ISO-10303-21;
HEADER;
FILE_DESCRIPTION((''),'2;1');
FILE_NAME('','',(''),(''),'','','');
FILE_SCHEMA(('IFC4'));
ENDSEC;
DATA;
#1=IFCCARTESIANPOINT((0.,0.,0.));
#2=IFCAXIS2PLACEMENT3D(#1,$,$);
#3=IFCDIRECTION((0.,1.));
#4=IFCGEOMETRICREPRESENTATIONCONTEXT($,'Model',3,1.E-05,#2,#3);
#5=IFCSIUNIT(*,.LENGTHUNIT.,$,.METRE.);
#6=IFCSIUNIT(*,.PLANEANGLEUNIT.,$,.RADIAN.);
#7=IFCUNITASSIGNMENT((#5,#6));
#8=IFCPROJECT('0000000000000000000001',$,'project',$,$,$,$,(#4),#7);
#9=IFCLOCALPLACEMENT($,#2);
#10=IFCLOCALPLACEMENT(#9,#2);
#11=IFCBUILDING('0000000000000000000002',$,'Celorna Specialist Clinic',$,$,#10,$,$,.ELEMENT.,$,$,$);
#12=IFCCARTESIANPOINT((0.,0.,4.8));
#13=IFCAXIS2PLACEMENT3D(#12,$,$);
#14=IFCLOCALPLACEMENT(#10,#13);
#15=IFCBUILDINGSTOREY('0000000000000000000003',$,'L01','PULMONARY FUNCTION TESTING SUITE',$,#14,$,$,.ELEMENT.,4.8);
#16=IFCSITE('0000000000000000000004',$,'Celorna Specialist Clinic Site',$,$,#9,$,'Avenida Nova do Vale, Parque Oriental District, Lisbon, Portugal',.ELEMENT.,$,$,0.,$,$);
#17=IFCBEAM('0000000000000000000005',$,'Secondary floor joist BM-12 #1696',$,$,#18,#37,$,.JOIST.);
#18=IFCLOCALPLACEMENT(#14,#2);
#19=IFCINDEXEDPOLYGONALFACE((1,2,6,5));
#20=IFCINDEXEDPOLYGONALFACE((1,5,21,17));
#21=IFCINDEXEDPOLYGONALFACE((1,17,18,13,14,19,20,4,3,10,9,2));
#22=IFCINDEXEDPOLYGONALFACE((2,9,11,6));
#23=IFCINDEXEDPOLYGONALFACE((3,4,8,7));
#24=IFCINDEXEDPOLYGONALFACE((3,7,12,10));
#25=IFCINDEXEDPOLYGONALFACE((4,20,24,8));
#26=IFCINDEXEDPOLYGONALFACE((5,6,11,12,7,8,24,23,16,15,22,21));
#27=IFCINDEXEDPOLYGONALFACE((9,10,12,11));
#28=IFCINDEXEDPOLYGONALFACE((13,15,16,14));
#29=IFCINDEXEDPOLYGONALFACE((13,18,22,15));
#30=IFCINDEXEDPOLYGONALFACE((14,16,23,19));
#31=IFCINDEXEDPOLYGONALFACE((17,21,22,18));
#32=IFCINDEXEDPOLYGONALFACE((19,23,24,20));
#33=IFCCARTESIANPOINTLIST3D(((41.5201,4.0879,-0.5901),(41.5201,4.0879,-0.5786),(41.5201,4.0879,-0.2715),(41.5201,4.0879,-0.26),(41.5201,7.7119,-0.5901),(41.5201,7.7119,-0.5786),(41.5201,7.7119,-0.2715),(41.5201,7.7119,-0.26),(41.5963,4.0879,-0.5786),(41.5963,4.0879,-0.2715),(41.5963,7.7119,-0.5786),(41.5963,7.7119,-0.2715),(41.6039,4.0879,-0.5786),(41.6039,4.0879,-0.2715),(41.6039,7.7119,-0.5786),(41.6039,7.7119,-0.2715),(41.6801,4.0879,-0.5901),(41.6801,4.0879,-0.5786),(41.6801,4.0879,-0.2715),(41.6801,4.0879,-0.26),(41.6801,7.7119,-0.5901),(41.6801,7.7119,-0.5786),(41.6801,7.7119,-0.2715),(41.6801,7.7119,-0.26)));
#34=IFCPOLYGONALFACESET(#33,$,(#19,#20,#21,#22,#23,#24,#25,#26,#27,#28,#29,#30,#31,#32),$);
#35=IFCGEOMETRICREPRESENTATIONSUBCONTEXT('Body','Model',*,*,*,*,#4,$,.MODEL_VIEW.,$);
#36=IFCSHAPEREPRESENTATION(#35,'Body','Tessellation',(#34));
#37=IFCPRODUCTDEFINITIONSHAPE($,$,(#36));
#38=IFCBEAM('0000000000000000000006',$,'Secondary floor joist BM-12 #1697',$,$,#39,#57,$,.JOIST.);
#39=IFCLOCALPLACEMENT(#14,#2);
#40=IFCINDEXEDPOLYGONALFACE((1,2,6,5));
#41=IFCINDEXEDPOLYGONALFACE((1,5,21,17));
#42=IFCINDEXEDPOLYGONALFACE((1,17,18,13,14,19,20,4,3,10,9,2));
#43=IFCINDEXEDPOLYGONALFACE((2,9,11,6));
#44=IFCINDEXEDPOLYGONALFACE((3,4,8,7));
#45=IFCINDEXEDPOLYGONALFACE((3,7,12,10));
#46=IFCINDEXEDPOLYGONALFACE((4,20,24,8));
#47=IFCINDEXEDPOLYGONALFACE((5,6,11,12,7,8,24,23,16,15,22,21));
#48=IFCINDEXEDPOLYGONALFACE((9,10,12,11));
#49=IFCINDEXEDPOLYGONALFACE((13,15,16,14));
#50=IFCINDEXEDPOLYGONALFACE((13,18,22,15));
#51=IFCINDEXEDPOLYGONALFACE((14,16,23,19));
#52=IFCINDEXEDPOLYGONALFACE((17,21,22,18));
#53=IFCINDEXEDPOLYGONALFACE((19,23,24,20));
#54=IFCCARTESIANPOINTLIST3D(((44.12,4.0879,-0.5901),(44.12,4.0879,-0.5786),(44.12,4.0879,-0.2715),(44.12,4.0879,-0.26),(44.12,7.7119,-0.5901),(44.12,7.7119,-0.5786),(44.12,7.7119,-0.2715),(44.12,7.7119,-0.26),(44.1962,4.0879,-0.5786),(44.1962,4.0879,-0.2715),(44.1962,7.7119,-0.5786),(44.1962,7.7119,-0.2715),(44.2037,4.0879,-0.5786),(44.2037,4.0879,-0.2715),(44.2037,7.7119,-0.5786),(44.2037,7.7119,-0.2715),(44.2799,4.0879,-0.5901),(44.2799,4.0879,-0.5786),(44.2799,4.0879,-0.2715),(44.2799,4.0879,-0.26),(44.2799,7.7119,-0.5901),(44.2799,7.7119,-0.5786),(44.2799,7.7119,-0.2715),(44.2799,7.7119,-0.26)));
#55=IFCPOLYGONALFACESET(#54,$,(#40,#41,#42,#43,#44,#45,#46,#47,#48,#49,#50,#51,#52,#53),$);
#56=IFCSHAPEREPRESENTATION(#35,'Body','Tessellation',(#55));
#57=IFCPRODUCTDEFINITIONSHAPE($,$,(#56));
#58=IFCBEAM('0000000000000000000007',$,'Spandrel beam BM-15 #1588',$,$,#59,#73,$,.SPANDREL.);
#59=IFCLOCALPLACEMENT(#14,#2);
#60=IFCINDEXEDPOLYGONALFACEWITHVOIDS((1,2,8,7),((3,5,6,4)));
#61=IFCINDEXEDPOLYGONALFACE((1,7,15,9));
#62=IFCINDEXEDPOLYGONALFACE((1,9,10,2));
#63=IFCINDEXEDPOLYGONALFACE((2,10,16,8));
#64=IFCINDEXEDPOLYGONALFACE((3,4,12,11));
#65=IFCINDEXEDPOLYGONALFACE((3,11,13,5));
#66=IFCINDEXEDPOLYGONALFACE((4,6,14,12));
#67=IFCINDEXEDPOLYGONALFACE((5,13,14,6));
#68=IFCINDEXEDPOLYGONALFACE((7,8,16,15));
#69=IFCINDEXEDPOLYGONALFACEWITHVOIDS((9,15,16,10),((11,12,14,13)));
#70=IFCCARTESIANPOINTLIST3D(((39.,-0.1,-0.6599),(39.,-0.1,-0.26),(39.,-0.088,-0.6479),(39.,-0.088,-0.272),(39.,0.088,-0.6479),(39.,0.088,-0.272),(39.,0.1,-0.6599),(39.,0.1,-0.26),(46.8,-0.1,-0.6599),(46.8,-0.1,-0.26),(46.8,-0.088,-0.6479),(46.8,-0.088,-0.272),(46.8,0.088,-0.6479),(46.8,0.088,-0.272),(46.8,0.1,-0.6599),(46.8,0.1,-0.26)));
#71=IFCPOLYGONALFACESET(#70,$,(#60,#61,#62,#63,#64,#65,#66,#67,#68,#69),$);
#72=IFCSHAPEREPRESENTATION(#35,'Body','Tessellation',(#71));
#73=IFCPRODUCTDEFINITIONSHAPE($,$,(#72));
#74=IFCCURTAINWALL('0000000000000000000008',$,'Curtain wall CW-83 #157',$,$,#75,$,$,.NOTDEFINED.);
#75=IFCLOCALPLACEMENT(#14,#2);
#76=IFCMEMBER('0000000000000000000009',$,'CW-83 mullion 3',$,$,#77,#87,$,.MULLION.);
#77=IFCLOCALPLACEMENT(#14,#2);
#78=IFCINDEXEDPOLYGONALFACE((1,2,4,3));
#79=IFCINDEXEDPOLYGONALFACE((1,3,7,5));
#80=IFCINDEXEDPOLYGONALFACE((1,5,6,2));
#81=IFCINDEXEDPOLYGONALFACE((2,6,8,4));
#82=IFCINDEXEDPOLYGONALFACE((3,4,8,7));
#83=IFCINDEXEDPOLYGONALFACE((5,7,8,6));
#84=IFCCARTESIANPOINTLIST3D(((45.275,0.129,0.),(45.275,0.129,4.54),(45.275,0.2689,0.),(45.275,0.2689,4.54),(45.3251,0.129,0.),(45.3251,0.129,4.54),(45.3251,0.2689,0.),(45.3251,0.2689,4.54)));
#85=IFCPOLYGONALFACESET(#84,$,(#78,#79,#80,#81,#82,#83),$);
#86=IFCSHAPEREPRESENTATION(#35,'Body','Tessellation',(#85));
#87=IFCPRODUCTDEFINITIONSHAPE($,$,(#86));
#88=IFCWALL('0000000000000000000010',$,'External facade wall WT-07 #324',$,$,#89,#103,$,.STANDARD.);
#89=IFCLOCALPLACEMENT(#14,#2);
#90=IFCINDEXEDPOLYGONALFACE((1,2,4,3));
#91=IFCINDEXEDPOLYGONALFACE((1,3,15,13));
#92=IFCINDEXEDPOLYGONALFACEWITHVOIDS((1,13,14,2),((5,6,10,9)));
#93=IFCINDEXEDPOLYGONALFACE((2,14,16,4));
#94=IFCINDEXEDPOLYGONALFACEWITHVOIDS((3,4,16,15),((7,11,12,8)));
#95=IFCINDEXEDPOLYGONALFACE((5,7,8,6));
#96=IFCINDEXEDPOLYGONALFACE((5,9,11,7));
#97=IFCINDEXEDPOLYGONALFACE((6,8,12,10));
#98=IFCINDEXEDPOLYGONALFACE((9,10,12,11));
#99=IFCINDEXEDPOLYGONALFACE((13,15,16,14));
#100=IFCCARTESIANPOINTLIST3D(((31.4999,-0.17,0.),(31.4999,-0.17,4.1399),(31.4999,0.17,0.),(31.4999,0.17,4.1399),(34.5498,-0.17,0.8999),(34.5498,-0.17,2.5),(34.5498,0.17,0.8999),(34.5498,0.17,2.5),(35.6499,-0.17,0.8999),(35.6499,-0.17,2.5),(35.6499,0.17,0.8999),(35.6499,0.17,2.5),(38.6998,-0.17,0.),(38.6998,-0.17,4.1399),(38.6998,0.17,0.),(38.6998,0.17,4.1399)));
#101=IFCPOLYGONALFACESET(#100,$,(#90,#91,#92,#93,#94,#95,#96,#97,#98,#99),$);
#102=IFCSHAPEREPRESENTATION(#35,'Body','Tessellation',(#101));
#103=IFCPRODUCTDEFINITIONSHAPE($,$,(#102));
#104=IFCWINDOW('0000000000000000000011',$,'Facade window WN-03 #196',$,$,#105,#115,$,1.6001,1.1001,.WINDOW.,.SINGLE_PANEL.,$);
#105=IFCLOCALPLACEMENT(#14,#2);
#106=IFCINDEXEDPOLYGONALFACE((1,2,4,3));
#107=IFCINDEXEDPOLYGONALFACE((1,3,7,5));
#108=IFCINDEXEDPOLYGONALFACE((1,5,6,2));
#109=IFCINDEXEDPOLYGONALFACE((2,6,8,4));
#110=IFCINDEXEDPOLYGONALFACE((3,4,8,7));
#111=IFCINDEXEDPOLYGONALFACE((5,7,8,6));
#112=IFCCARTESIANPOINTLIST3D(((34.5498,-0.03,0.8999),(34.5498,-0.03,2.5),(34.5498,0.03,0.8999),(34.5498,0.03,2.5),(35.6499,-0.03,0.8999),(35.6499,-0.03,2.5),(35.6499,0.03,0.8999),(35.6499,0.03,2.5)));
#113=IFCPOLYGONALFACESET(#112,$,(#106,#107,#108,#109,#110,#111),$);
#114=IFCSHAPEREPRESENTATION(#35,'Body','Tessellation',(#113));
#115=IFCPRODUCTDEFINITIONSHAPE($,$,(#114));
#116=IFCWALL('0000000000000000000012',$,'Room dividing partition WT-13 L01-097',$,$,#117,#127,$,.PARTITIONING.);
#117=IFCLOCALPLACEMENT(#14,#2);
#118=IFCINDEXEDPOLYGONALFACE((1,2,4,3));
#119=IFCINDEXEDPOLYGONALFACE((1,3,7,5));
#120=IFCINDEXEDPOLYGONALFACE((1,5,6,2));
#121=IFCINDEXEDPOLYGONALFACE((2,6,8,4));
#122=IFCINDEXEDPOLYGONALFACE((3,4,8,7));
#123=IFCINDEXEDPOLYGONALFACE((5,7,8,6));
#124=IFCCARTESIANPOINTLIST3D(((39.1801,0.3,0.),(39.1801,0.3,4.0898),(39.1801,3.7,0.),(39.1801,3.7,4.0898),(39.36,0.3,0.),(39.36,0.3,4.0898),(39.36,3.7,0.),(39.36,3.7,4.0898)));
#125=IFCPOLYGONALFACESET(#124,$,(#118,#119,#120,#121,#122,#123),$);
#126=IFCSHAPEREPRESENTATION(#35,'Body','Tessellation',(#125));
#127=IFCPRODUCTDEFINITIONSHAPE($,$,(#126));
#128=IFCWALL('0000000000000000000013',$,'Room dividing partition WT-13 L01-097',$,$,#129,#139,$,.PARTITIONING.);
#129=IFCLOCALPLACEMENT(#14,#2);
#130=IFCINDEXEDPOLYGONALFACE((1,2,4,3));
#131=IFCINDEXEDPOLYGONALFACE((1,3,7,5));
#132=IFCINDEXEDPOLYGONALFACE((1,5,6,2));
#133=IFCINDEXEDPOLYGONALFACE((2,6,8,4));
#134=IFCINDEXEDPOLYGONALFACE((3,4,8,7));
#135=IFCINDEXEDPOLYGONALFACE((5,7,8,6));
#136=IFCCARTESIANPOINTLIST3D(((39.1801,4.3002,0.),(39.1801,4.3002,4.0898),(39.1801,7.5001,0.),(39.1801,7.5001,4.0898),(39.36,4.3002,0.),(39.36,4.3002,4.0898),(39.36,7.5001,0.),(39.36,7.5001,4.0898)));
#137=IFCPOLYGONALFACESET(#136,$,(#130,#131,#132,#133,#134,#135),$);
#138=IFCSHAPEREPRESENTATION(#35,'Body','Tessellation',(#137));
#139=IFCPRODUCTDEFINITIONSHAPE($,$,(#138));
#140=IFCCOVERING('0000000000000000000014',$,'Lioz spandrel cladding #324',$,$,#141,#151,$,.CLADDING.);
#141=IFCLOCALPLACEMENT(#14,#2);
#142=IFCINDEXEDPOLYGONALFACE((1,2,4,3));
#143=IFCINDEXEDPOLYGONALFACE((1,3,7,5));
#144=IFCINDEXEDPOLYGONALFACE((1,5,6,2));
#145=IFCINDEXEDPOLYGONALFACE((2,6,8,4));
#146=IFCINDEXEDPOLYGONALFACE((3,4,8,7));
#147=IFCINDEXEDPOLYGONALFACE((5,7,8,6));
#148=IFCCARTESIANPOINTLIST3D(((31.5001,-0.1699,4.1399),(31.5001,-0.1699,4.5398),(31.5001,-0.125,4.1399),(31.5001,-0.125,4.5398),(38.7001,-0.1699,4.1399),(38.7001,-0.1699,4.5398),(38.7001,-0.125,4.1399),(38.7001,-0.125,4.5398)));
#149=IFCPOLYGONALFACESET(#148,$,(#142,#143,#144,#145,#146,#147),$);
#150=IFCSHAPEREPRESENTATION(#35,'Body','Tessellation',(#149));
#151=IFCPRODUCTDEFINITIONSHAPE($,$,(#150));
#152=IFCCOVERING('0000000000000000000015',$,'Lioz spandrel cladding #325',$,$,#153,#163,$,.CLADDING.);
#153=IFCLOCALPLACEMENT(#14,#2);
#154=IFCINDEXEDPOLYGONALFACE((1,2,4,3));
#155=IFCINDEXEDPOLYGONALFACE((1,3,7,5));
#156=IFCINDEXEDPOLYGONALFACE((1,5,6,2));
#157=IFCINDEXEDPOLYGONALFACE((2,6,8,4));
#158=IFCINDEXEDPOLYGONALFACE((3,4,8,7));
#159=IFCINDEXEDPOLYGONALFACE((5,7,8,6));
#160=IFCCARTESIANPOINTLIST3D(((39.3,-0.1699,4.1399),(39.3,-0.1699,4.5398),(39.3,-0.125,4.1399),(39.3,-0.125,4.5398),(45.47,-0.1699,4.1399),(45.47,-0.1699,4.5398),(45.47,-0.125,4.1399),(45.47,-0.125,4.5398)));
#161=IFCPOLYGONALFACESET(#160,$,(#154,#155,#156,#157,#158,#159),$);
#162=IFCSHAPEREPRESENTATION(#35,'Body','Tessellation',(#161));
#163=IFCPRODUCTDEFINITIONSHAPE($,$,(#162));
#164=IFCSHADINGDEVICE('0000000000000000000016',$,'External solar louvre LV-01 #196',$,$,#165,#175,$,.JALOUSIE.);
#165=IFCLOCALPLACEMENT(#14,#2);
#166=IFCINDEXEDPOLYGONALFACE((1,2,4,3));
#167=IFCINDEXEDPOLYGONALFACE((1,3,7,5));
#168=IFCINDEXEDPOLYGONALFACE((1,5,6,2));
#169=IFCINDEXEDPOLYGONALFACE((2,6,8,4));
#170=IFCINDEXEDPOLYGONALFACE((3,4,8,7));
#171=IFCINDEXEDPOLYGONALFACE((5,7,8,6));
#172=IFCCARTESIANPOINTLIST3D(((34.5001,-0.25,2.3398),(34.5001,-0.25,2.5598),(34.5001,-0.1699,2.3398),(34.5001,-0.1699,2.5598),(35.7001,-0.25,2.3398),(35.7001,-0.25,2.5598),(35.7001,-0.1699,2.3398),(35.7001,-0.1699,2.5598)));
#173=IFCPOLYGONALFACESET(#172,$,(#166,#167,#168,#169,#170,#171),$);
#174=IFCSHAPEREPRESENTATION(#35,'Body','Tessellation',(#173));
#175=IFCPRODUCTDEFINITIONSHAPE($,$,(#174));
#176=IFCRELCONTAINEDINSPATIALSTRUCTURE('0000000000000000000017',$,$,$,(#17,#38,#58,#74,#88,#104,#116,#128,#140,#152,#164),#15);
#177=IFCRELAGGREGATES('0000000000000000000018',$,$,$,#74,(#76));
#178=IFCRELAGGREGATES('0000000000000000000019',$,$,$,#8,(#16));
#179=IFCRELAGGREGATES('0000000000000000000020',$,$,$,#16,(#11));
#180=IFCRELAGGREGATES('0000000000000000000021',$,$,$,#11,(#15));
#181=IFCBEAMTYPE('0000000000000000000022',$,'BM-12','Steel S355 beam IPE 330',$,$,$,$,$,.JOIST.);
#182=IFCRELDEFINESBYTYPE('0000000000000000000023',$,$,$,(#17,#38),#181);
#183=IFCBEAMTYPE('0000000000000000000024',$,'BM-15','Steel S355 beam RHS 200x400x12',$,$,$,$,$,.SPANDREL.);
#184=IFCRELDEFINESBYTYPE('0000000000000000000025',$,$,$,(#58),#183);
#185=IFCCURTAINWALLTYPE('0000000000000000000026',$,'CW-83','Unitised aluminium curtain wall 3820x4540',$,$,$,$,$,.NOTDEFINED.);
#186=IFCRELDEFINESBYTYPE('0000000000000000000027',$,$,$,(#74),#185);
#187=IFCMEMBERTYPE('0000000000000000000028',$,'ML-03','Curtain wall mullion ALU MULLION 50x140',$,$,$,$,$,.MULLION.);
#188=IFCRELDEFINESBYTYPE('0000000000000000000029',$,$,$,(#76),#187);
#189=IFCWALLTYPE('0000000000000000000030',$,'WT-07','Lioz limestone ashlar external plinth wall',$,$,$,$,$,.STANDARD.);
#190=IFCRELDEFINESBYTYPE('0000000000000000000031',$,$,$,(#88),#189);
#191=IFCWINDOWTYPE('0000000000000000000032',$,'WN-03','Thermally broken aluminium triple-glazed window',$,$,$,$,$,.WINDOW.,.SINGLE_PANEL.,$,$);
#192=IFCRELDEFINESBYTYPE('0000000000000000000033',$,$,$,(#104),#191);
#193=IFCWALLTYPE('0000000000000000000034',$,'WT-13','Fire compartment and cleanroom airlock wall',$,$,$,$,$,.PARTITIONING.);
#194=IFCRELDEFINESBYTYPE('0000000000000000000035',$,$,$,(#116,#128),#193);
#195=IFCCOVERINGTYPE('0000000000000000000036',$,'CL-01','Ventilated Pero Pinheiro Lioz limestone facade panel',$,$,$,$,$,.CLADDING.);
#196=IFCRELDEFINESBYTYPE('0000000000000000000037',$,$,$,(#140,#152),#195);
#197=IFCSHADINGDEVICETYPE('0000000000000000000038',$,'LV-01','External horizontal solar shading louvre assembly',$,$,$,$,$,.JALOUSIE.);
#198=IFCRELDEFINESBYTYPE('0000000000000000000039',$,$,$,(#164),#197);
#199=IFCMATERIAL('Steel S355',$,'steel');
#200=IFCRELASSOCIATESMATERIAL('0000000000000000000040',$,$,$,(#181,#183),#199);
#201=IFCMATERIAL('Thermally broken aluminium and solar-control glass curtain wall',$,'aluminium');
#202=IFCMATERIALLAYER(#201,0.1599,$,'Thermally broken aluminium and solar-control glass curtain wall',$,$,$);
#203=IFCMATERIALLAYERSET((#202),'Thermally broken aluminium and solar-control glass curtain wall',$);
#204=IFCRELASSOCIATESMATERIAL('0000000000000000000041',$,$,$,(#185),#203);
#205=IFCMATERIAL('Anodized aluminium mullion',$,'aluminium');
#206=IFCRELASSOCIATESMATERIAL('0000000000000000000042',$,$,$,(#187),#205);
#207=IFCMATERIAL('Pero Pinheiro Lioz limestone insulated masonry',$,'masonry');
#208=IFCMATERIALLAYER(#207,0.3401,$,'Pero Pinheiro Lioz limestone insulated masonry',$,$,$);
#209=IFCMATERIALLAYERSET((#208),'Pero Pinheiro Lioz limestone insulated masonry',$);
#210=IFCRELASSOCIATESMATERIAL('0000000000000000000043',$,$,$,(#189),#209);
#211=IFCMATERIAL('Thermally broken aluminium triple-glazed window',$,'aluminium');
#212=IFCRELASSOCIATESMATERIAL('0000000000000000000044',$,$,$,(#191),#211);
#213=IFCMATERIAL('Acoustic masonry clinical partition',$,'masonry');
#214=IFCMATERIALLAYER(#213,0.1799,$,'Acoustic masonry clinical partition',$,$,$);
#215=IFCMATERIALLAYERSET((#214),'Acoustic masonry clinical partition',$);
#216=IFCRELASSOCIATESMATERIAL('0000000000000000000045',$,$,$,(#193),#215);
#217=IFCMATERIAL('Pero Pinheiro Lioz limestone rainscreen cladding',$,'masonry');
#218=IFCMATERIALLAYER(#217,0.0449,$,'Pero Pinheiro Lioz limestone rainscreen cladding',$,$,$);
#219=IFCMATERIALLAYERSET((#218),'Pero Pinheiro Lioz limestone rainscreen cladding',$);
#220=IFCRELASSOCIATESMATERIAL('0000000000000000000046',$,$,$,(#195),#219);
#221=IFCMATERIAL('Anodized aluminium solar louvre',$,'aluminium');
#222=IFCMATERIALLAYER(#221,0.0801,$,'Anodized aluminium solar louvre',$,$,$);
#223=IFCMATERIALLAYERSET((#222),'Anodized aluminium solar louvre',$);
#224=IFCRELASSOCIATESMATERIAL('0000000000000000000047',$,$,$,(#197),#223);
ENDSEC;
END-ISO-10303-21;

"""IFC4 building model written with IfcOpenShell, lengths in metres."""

from ifc_helpers import new_model, si_unit, direction, frame, frame_2d, origin, origin_2d, place, context, subcontext, project, spatial, rectangle, hollow_rectangle, i_section, extrude, material, layer, layer_set, material_profile, profile_set, type_object, element, fill, aggregate, save


model = new_model("IFC4")

# Units and contexts
model_context = context("Model", 3, precision=1e-05, world=origin(), true_north=direction((0.0, 1.0)))
body_context = subcontext(model_context, "Body", "Model", "MODEL_VIEW")
ifc_project = project(units=[si_unit("LENGTHUNIT", "METRE"), si_unit("PLANEANGLEUNIT", "RADIAN")], contexts=[model_context])

# Site, building, storey
site_placement = place(None, origin())
site = spatial("IfcSite", under=ifc_project, at=site_placement, Name="Celorna Specialist Clinic Site", LongName="Avenida Nova do Vale, Parque Oriental District, Lisbon, Portugal", CompositionType="ELEMENT", RefElevation=0.0)
building_placement = place(site_placement, origin())
building = spatial("IfcBuilding", under=site, at=building_placement, Name="Celorna Specialist Clinic", CompositionType="ELEMENT")
storey_placement = place(building_placement, frame((0.0, 0.0, 4.8)))
storey = spatial("IfcBuildingStorey", under=building, at=storey_placement, Name="L01", Description="PULMONARY FUNCTION TESTING SUITE", CompositionType="ELEMENT", Elevation=4.8)

# Beams
ifc_material_1 = material(Name="Steel S355", Category="steel")
ifc_material_profile_1 = material_profile(ifc_material_1, i_section(OverallWidth=0.1599, OverallDepth=0.3301, WebThickness=0.0076, FlangeThickness=0.0115, at=origin_2d()), Name="IPE 330")
ifc_profile_set_1 = profile_set([ifc_material_profile_1], Name="Steel S355")
beam_type_1 = type_object("IfcBeamType", Name="BM-12", Description="Steel S355 beam IPE 330", PredefinedType="JOIST", material=ifc_profile_set_1)
for number, where, z_axis, x_axis, name in (
    (1, (41.6001, 4.0879, -0.425), (0.0, 1.0, 0.0), (-1.0, 0.0, 0.0), "Secondary floor joist BM-12 #1696"),
    (2, (44.2, 4.0879, -0.425), (0.0, 1.0, 0.0), (-1.0, 0.0, 0.0), "Secondary floor joist BM-12 #1697"),
):
    element("IfcBeam", number, at=place(storey_placement, frame(where, z_axis=z_axis, x_axis=x_axis)), inside=storey, type_object=beam_type_1, Name=name, PredefinedType="JOIST", context=body_context, shape_type="SweptSolid", body=[
        extrude(i_section(OverallWidth=0.1599, OverallDepth=0.3301, WebThickness=0.0076, FlangeThickness=0.0115, at=origin_2d()), origin(), (0.0, 0.0, 1.0), 3.624),
    ])
ifc_material_profile_2 = material_profile(ifc_material_1, hollow_rectangle(XDim=0.2, YDim=0.3999, WallThickness=0.012, at=origin_2d()), Name="RHS 200x400x12")
ifc_profile_set_2 = profile_set([ifc_material_profile_2], Name="Steel S355")
beam_type_2 = type_object("IfcBeamType", Name="BM-15", Description="Steel S355 beam RHS 200x400x12", PredefinedType="SPANDREL", material=ifc_profile_set_2)
beam_1_placement = place(storey_placement, frame((39.0, 0.0, -0.46), z_axis=(1.0, 0.0, 0.0), x_axis=(0.0, 1.0, 0.0)))
element("IfcBeam", 3, at=beam_1_placement, inside=storey, type_object=beam_type_2, Name="Spandrel beam BM-15 #1588", PredefinedType="SPANDREL", context=body_context, shape_type="SweptSolid", body=[
    extrude(hollow_rectangle(XDim=0.2, YDim=0.3999, WallThickness=0.012, at=origin_2d()), origin(), (0.0, 0.0, 1.0), 7.8),
])

# Curtain wall, member
ifc_material_2 = material(Name="Thermally broken aluminium and solar-control glass curtain wall", Category="aluminium")
ifc_layer_1 = layer(ifc_material_2, 0.1599, Name="Thermally broken aluminium and solar-control glass curtain wall")
ifc_layer_set_1 = layer_set([ifc_layer_1], Name="Thermally broken aluminium and solar-control glass curtain wall")
curtain_wall_type = type_object("IfcCurtainWallType", Name="CW-83", Description="Unitised aluminium curtain wall 3820x4540", PredefinedType="NOTDEFINED", material=ifc_layer_set_1)
curtain_wall_placement = place(storey_placement, origin())
curtain_wall = element("IfcCurtainWall", 4, at=curtain_wall_placement, inside=storey, type_object=curtain_wall_type, Name="Curtain wall CW-83 #157", PredefinedType="NOTDEFINED")
ifc_material_3 = material(Name="Anodized aluminium mullion", Category="aluminium")
ifc_material_profile_3 = material_profile(ifc_material_3, rectangle(XDim=0.05, YDim=0.1399, at=origin_2d()), Name="ALU MULLION 50x140")
ifc_profile_set_3 = profile_set([ifc_material_profile_3], Name="Anodized aluminium mullion")
member_type = type_object("IfcMemberType", Name="ML-03", Description="Curtain wall mullion ALU MULLION 50x140", PredefinedType="MULLION", material=ifc_profile_set_3)
member_placement = place(storey_placement, frame((45.3, 0.199, 0.0), z_axis=(0.0, 0.0, 1.0), x_axis=(1.0, 0.0, 0.0)))
member = element("IfcMember", 5, at=member_placement, type_object=member_type, Name="CW-83 mullion 3", PredefinedType="MULLION", context=body_context, shape_type="SweptSolid", body=[
    extrude(rectangle(XDim=0.05, YDim=0.1399, at=origin_2d()), origin(), (0.0, 0.0, 1.0), 4.54),
])
aggregate(curtain_wall, [member])

# Wall, opening, window
ifc_material_4 = material(Name="Pero Pinheiro Lioz limestone insulated masonry", Category="masonry")
ifc_layer_2 = layer(ifc_material_4, 0.3401, Name="Pero Pinheiro Lioz limestone insulated masonry")
ifc_layer_set_2 = layer_set([ifc_layer_2], Name="Pero Pinheiro Lioz limestone insulated masonry")
wall_type_1 = type_object("IfcWallType", Name="WT-07", Description="Lioz limestone ashlar external plinth wall", PredefinedType="STANDARD", material=ifc_layer_set_2)
wall_1_placement = place(storey_placement, frame((38.7, 0.0, 0.0), z_axis=(0.0, 0.0, 1.0), x_axis=(-1.0, 0.0, 0.0)))
wall_1 = element("IfcWall", 6, at=wall_1_placement, inside=storey, type_object=wall_type_1, Name="External facade wall WT-07 #324", PredefinedType="STANDARD", context=body_context, shape_type="SweptSolid", body=[
    extrude(rectangle(XDim=7.2, YDim=0.3401, at=frame_2d((3.6001, 0.0))), origin(), (0.0, 0.0, 1.0), 4.1399),
])
opening_placement = place(wall_1_placement, frame((3.05, 0.0, 0.8999)))
opening = element("IfcOpeningElement", 7, at=opening_placement, cuts=wall_1, PredefinedType="OPENING", context=body_context, shape_type="SweptSolid", body=[
    extrude(rectangle(XDim=1.1001, YDim=1.6001, at=frame_2d((0.55, 0.8))), frame((0.0, 0.1799, 0.0), z_axis=(0.0, -1.0, 0.0), x_axis=(1.0, 0.0, 0.0)), (0.0, 0.0, 1.0), 0.3601),
])
ifc_material_5 = material(Name="Thermally broken aluminium triple-glazed window", Category="aluminium")
window_type = type_object("IfcWindowType", Name="WN-03", Description="Thermally broken aluminium triple-glazed window", PartitioningType="SINGLE_PANEL", PredefinedType="WINDOW", material=ifc_material_5)
window_placement = place(opening_placement, origin())
window = element("IfcWindow", 8, at=window_placement, inside=storey, type_object=window_type, Name="Facade window WN-03 #196", OverallHeight=1.6001, OverallWidth=1.1001, PartitioningType="SINGLE_PANEL", PredefinedType="WINDOW", context=body_context, shape_type="SweptSolid", body=[
    extrude(rectangle(XDim=1.1001, YDim=1.6001, at=frame_2d((0.55, 0.8))), frame((0.0, 0.03, 0.0), z_axis=(0.0, -1.0, 0.0), x_axis=(1.0, 0.0, 0.0)), (0.0, 0.0, 1.0), 0.0601),
])
fill(opening, window)

# Walls
ifc_material_6 = material(Name="Acoustic masonry clinical partition", Category="masonry")
ifc_layer_3 = layer(ifc_material_6, 0.1799, Name="Acoustic masonry clinical partition")
ifc_layer_set_3 = layer_set([ifc_layer_3], Name="Acoustic masonry clinical partition")
wall_type_2 = type_object("IfcWallType", Name="WT-13", Description="Fire compartment and cleanroom airlock wall", PredefinedType="PARTITIONING", material=ifc_layer_set_3)
wall_2_placement = place(storey_placement, frame((39.27, 0.3, 0.0), z_axis=(0.0, 0.0, 1.0), x_axis=(0.0, 1.0, 0.0)))
element("IfcWall", 9, at=wall_2_placement, inside=storey, type_object=wall_type_2, Name="Room dividing partition WT-13 L01-097", PredefinedType="PARTITIONING", context=body_context, shape_type="SweptSolid", body=[
    extrude(rectangle(XDim=3.3999, YDim=0.1799, at=frame_2d((1.7, 0.0))), origin(), (0.0, 0.0, 1.0), 4.0898),
])
wall_3_placement = place(storey_placement, frame((39.27, 4.3, 0.0), z_axis=(0.0, 0.0, 1.0), x_axis=(0.0, 1.0, 0.0)))
element("IfcWall", 10, at=wall_3_placement, inside=storey, type_object=wall_type_2, Name="Room dividing partition WT-13 L01-097", PredefinedType="PARTITIONING", context=body_context, shape_type="SweptSolid", body=[
    extrude(rectangle(XDim=3.2, YDim=0.1799, at=frame_2d((1.6001, 0.0))), origin(), (0.0, 0.0, 1.0), 4.0898),
])

# Coverings
ifc_material_7 = material(Name="Pero Pinheiro Lioz limestone rainscreen cladding", Category="masonry")
ifc_layer_4 = layer(ifc_material_7, 0.0449, Name="Pero Pinheiro Lioz limestone rainscreen cladding")
ifc_layer_set_4 = layer_set([ifc_layer_4], Name="Pero Pinheiro Lioz limestone rainscreen cladding")
covering_type = type_object("IfcCoveringType", Name="CL-01", Description="Ventilated Pero Pinheiro Lioz limestone facade panel", PredefinedType="CLADDING", material=ifc_layer_set_4)
covering_1_placement = place(storey_placement, frame((35.1001, -0.1475, 4.1399), z_axis=(0.0, 0.0, 1.0), x_axis=(-1.0, 0.0, 0.0)))
element("IfcCovering", 11, at=covering_1_placement, inside=storey, type_object=covering_type, Name="Lioz spandrel cladding #324", PredefinedType="CLADDING", context=body_context, shape_type="SweptSolid", body=[
    extrude(rectangle(XDim=7.2, YDim=0.0449, at=origin_2d()), origin(), (0.0, 0.0, 1.0), 0.3999),
])
covering_2_placement = place(storey_placement, frame((42.385, -0.1475, 4.1399), z_axis=(0.0, 0.0, 1.0), x_axis=(-1.0, 0.0, 0.0)))
element("IfcCovering", 12, at=covering_2_placement, inside=storey, type_object=covering_type, Name="Lioz spandrel cladding #325", PredefinedType="CLADDING", context=body_context, shape_type="SweptSolid", body=[
    extrude(rectangle(XDim=6.1699, YDim=0.0449, at=origin_2d()), origin(), (0.0, 0.0, 1.0), 0.3999),
])

# Shading device
ifc_material_8 = material(Name="Anodized aluminium solar louvre", Category="aluminium")
ifc_layer_5 = layer(ifc_material_8, 0.0801, Name="Anodized aluminium solar louvre")
ifc_layer_set_5 = layer_set([ifc_layer_5], Name="Anodized aluminium solar louvre")
shading_device_type = type_object("IfcShadingDeviceType", Name="LV-01", Description="External horizontal solar shading louvre assembly", PredefinedType="JALOUSIE", material=ifc_layer_set_5)
shading_device_placement = place(storey_placement, frame((35.1001, -0.21, 2.3398), z_axis=(0.0, 0.0, 1.0), x_axis=(-1.0, 0.0, 0.0)))
element("IfcShadingDevice", 13, at=shading_device_placement, inside=storey, type_object=shading_device_type, Name="External solar louvre LV-01 #196", PredefinedType="JALOUSIE", context=body_context, shape_type="SweptSolid", body=[
    extrude(rectangle(XDim=1.2, YDim=0.0801, at=origin_2d()), origin(), (0.0, 0.0, 1.0), 0.22),
])

save(model, "model.ifc")
